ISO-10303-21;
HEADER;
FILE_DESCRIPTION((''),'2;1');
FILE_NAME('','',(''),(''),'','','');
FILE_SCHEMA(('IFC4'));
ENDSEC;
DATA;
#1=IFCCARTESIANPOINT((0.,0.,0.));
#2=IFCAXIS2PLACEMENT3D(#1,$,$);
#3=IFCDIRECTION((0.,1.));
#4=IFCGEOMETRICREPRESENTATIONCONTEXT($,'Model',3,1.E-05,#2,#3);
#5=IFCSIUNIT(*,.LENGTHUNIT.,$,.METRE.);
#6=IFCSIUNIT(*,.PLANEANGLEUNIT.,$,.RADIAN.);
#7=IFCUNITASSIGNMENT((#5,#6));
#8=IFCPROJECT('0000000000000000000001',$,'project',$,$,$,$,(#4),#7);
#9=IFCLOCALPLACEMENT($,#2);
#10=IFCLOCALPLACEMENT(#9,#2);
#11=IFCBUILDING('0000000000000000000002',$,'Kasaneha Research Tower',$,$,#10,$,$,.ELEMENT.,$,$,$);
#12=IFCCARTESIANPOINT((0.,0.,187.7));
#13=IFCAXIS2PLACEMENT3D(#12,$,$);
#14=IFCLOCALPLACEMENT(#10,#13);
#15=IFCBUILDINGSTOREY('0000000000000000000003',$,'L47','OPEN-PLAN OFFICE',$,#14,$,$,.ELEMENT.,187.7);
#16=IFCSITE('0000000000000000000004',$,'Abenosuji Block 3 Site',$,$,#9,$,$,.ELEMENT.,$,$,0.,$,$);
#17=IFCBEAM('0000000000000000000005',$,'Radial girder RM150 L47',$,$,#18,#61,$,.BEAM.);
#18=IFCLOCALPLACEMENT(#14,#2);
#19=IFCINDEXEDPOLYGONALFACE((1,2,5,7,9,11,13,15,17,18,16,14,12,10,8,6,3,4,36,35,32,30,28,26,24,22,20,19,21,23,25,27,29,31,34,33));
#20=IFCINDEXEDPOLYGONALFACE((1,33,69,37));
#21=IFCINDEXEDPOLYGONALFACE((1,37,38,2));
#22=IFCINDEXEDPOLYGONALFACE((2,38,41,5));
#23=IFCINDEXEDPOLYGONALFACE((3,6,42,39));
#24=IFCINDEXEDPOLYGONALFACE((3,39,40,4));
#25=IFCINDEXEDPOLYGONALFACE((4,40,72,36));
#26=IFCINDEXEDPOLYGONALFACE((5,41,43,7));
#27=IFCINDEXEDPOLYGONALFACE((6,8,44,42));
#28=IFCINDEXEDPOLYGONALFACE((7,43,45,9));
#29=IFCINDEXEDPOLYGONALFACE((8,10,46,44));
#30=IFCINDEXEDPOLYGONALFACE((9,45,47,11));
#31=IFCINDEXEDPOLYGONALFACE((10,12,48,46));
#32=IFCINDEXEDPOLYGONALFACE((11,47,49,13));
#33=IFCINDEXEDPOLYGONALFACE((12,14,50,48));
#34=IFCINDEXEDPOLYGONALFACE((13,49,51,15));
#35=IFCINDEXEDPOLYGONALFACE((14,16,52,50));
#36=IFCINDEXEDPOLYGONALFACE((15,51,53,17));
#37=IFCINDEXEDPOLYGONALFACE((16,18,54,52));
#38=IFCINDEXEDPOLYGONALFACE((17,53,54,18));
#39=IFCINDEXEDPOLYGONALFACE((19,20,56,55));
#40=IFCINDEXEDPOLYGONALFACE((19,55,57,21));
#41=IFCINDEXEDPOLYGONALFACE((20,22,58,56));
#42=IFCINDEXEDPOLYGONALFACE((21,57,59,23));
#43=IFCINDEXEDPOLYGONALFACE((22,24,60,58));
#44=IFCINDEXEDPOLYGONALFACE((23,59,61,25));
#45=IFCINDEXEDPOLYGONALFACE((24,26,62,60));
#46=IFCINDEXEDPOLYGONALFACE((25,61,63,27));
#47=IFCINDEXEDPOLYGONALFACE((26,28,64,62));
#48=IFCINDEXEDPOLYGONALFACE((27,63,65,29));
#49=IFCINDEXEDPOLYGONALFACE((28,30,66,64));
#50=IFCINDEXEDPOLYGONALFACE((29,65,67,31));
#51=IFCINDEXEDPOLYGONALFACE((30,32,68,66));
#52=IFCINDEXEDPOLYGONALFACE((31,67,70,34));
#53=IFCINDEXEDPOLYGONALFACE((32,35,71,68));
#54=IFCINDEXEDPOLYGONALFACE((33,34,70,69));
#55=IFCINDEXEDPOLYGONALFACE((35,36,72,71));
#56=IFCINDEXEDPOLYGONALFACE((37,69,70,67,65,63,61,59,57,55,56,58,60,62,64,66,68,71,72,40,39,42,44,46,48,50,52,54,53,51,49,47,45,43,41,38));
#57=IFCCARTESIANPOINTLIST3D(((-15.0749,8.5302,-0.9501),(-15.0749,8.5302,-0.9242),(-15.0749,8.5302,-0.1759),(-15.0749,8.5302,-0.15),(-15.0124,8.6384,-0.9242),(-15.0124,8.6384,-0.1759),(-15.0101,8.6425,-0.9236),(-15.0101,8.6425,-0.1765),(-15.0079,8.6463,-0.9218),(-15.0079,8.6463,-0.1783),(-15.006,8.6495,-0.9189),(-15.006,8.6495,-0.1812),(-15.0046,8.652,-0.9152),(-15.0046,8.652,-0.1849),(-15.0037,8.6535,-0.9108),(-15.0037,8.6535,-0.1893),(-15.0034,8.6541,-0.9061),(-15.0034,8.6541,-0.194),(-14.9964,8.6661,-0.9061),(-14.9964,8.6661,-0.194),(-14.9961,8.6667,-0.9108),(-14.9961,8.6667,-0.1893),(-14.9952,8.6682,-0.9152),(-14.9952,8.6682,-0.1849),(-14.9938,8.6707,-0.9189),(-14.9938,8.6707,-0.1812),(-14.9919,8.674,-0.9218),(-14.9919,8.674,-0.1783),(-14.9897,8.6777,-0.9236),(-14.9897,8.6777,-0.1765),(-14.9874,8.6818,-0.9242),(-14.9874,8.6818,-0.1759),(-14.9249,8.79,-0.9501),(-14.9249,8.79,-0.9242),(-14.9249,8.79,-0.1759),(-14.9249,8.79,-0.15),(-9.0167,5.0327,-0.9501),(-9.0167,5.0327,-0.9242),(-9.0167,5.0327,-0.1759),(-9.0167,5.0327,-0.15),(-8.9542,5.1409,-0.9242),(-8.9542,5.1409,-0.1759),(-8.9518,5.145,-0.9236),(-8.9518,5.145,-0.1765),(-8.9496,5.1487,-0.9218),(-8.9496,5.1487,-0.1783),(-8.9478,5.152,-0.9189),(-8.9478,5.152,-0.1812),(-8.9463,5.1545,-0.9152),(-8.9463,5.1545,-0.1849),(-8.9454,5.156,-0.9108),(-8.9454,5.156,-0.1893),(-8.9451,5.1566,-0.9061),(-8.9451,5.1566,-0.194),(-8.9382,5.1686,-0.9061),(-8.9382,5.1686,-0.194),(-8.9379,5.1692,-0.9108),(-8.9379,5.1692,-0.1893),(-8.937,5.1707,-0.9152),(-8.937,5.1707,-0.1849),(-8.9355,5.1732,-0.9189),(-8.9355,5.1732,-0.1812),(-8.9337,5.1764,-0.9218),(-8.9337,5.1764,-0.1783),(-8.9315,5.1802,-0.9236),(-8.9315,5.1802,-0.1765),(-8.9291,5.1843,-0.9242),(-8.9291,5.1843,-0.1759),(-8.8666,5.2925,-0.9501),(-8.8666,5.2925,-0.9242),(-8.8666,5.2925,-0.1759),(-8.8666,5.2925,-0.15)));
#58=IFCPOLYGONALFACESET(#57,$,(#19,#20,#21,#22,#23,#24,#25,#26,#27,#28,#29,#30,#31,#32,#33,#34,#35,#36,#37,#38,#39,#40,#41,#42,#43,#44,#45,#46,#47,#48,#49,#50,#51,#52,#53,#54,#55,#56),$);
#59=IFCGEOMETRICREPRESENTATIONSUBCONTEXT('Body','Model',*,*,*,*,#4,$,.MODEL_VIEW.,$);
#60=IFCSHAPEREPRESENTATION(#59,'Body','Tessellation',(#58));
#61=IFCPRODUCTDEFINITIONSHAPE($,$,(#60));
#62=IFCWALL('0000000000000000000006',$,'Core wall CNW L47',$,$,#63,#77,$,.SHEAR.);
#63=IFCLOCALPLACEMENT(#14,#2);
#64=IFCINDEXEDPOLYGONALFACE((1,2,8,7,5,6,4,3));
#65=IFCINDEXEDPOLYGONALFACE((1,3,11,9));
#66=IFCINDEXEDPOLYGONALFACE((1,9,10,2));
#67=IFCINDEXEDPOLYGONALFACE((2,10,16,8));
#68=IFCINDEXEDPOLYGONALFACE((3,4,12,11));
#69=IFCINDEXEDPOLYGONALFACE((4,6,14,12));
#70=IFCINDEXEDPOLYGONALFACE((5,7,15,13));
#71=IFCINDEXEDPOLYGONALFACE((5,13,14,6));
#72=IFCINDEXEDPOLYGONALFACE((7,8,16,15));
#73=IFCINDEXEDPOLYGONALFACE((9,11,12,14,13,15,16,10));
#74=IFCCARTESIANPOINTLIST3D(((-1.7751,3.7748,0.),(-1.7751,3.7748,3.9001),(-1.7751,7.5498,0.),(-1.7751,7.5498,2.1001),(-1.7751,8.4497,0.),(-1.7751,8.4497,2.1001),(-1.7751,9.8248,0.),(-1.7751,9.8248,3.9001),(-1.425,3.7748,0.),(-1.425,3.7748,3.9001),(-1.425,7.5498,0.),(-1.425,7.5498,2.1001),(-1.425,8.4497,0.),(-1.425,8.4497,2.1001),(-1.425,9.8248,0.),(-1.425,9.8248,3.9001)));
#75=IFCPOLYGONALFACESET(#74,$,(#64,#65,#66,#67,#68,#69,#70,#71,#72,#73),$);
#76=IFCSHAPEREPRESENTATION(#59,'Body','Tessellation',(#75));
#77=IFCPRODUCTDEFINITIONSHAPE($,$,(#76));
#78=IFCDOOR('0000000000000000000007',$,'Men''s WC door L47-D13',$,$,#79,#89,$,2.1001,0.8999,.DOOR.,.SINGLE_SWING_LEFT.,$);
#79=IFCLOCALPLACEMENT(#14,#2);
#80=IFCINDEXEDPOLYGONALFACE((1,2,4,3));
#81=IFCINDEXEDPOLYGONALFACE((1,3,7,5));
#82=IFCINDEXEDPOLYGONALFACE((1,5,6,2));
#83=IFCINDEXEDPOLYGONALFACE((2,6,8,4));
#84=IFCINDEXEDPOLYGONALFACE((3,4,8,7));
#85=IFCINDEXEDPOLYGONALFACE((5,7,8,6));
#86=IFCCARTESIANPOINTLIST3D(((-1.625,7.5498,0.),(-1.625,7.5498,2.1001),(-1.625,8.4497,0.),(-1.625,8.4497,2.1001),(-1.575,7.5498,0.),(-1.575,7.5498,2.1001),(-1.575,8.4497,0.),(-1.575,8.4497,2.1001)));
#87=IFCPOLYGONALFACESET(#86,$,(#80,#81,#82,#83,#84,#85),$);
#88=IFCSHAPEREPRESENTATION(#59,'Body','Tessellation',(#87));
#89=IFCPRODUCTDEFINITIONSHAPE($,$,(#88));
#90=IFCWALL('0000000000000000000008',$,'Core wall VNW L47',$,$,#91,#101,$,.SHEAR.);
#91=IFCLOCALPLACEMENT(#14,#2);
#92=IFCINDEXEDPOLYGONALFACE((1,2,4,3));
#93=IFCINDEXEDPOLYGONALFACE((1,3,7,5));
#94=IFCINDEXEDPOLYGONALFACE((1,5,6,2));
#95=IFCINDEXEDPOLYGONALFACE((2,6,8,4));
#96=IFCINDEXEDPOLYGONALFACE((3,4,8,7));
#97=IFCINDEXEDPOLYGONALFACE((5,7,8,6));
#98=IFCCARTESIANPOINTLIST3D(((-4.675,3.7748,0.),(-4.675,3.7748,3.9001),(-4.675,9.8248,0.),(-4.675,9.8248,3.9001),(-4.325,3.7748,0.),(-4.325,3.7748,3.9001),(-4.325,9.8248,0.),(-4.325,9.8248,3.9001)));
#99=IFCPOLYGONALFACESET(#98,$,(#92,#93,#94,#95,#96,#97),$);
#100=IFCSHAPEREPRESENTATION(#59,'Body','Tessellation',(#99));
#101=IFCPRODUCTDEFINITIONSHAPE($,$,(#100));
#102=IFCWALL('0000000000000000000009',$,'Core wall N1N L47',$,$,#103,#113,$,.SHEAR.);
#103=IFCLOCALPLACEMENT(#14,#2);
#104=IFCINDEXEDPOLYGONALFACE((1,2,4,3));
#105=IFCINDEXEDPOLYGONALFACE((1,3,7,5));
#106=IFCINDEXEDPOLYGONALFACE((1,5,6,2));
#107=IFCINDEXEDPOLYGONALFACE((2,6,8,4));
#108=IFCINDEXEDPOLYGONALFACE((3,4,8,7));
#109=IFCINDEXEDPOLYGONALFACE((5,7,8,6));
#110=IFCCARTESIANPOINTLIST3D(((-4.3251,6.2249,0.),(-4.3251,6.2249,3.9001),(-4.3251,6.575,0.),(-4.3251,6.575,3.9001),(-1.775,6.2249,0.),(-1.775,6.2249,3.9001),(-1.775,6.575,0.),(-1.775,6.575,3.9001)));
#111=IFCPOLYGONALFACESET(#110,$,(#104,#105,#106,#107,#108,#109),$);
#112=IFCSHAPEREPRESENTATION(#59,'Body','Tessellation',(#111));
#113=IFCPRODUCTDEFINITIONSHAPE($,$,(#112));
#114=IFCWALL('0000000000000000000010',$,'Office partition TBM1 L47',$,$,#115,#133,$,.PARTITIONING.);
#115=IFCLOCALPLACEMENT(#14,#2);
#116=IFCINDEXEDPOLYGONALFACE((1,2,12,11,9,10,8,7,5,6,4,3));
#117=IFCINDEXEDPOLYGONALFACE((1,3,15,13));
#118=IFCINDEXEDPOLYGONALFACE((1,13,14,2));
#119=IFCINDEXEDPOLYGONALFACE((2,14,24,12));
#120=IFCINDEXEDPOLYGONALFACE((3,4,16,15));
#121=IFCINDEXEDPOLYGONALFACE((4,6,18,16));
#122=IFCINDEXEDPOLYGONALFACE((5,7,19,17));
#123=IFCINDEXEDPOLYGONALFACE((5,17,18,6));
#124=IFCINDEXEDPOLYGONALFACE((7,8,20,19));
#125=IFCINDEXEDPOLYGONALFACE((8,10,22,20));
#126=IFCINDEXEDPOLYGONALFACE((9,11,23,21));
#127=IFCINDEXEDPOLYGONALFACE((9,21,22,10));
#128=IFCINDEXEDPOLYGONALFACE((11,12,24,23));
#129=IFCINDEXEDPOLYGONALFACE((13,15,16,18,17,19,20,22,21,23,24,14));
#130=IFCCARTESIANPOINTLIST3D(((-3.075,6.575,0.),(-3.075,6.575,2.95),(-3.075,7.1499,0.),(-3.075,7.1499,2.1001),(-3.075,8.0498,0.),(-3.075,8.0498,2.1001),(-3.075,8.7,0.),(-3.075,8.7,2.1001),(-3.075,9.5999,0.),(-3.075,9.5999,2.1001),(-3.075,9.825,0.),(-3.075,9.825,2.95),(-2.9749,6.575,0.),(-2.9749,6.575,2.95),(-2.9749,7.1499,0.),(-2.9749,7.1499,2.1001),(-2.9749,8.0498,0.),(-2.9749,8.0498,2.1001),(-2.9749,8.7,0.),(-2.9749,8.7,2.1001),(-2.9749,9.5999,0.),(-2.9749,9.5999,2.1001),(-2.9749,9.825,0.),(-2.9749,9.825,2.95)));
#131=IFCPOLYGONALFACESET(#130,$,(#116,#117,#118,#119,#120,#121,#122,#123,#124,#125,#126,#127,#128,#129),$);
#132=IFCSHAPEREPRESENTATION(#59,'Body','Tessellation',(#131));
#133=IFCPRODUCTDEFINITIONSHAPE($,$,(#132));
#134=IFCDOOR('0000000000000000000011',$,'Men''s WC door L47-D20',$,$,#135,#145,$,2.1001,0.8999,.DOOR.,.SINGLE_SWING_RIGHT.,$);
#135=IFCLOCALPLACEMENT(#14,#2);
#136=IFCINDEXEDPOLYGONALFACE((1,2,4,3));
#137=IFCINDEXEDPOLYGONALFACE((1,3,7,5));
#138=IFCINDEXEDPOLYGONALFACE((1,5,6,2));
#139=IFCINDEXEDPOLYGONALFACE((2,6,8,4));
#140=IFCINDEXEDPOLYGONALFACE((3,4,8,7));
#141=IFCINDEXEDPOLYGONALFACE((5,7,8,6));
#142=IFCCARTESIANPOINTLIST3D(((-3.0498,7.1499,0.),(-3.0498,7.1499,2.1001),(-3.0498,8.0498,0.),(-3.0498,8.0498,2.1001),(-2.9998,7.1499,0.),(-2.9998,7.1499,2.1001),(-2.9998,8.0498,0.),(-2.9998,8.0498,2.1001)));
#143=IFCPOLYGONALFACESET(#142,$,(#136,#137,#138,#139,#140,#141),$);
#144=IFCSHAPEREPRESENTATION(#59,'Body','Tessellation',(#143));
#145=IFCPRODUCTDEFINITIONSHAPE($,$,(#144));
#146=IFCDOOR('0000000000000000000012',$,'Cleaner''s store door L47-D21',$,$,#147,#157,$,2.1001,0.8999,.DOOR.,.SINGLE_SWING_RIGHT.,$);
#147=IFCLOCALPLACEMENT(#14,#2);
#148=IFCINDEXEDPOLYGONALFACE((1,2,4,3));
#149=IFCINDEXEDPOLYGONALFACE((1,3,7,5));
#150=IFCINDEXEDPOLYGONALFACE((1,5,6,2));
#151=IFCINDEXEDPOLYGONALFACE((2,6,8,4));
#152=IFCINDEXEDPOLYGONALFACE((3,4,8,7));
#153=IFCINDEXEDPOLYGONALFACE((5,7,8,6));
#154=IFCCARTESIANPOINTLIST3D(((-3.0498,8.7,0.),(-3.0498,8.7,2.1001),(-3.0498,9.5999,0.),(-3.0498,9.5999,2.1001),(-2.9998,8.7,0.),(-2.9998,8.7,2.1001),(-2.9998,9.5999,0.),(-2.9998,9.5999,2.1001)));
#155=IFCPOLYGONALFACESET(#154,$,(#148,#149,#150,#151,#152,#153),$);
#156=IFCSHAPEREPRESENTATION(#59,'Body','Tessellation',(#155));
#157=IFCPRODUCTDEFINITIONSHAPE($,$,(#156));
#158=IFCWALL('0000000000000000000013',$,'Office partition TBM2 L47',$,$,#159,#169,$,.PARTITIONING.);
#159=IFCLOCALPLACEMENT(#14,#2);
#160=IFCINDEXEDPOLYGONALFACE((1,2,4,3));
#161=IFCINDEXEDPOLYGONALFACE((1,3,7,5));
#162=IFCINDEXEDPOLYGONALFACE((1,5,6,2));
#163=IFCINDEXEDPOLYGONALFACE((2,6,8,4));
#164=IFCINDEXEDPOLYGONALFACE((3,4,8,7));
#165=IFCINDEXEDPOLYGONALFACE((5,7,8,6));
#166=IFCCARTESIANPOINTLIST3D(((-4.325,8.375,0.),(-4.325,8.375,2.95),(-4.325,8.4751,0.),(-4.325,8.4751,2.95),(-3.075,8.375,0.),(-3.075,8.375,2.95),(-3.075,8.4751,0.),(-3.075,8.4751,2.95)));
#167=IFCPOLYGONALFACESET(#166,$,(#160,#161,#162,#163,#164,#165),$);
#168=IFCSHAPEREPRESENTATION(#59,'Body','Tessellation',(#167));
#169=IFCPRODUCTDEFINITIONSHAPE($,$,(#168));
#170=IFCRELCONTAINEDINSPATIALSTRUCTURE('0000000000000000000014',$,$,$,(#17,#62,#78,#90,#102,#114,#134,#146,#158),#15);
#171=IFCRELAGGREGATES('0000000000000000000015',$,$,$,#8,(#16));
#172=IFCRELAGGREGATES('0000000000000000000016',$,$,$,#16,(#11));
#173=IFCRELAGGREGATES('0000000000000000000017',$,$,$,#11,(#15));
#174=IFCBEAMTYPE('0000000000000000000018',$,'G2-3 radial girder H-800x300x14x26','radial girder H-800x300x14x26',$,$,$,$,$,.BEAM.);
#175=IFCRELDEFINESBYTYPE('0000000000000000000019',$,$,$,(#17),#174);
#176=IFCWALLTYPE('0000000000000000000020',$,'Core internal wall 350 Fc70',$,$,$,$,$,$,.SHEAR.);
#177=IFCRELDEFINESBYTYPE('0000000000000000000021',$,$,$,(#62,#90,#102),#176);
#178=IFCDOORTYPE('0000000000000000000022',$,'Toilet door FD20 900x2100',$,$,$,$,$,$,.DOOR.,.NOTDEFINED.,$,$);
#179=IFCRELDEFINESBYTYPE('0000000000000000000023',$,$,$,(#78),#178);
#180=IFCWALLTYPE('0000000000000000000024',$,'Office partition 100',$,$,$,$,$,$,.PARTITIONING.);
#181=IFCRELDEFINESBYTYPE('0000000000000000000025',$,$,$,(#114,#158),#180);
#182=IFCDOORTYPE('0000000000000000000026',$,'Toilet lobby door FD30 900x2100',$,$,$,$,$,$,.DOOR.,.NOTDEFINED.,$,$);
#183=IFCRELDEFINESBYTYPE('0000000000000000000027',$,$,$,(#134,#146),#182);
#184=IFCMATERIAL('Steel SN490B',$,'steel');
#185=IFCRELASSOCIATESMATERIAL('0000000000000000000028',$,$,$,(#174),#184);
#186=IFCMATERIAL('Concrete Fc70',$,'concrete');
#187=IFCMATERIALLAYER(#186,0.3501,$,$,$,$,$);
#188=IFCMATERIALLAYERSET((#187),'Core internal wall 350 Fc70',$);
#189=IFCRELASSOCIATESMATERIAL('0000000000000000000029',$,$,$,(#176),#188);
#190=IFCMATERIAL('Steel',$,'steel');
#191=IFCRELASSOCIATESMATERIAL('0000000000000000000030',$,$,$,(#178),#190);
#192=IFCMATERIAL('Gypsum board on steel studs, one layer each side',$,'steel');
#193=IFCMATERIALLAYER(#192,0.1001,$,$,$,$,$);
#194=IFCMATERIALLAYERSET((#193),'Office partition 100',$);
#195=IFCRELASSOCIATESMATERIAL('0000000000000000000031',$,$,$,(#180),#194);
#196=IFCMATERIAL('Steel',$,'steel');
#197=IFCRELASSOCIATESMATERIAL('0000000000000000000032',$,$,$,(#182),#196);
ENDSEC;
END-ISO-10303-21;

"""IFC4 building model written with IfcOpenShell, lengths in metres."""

from ifc_helpers import new_model, si_unit, direction, frame, frame_2d, origin, origin_2d, place, context, subcontext, project, spatial, rectangle, i_section, extrude, material, layer, layer_set, material_profile, profile_set, type_object, element, fill, save


model = new_model("IFC4")

# Units and contexts
model_context = context("Model", 3, precision=1e-05, world=origin(), true_north=direction((0.0, 1.0)))
body_context = subcontext(model_context, "Body", "Model", "MODEL_VIEW")
ifc_project = project(units=[si_unit("LENGTHUNIT", "METRE"), si_unit("PLANEANGLEUNIT", "RADIAN")], contexts=[model_context])

# Site, building, storey
site_placement = place(None, origin())
site = spatial("IfcSite", under=ifc_project, at=site_placement, Name="Abenosuji Block 3 Site", CompositionType="ELEMENT", RefElevation=0.0)
building_placement = place(site_placement, origin())
building = spatial("IfcBuilding", under=site, at=building_placement, Name="Kasaneha Research Tower", CompositionType="ELEMENT")
storey_placement = place(building_placement, frame((0.0, 0.0, 187.7)))
storey = spatial("IfcBuildingStorey", under=building, at=storey_placement, Name="L47", Description="OPEN-PLAN OFFICE", CompositionType="ELEMENT", Elevation=187.7)

# Beam
ifc_material_1 = material(Name="Steel SN490B", Category="steel")
ifc_material_profile = material_profile(ifc_material_1, i_section(OverallWidth=0.3, OverallDepth=0.8, WebThickness=0.0139, FlangeThickness=0.0259, FilletRadius=0.0181, at=origin_2d()), Name="H-800x300x14x26")
ifc_profile_set = profile_set([ifc_material_profile], Name="Steel SN490B")
beam_type = type_object("IfcBeamType", Name="G2-3 radial girder H-800x300x14x26", Description="radial girder H-800x300x14x26", PredefinedType="BEAM", material=ifc_profile_set)
beam_placement = place(storey_placement, frame((-8.9417, 5.1626, -0.55), z_axis=(-0.86604, 0.499975, 0.0), x_axis=(-0.499975, -0.86604, 0.0)))
element("IfcBeam", 1, at=beam_placement, inside=storey, type_object=beam_type, Name="Radial girder RM150 L47", PredefinedType="BEAM", context=body_context, shape_type="SweptSolid", body=[
    extrude(i_section(OverallWidth=0.3, OverallDepth=0.8, WebThickness=0.0139, FlangeThickness=0.0259, FilletRadius=0.0181, at=origin_2d()), origin(), (0.0, 0.0, 1.0), 6.9954),
])

# Shared definitions
ifc_material_2 = material(Name="Concrete Fc70", Category="concrete")
ifc_layer_1 = layer(ifc_material_2, 0.3501)
ifc_layer_set_1 = layer_set([ifc_layer_1], Name="Core internal wall 350 Fc70")
wall_type_1 = type_object("IfcWallType", Name="Core internal wall 350 Fc70", PredefinedType="SHEAR", material=ifc_layer_set_1)

# Wall, opening, door
wall_1_placement = place(storey_placement, frame((-1.6001, 3.7749, 0.0), z_axis=(0.0, 0.0, 1.0), x_axis=(0.0, 1.0, 0.0)))
wall_1 = element("IfcWall", 2, at=wall_1_placement, inside=storey, type_object=wall_type_1, Name="Core wall CNW L47", PredefinedType="SHEAR", context=body_context, shape_type="SweptSolid", body=[
    extrude(rectangle(XDim=6.05, YDim=0.3501, at=frame_2d((3.0249, 0.0))), origin(), (0.0, 0.0, 1.0), 3.9001),
])
opening_1_placement = place(wall_1_placement, frame((3.7749, 0.0, 0.0)))
opening_1 = element("IfcOpeningElement", 3, at=opening_1_placement, cuts=wall_1, PredefinedType="OPENING", context=body_context, shape_type="SweptSolid", body=[
    extrude(rectangle(XDim=0.8999, YDim=2.1001, at=frame_2d((0.45, 1.05))), frame((0.0, 0.1851, 0.0), z_axis=(0.0, -1.0, 0.0), x_axis=(1.0, 0.0, 0.0)), (0.0, 0.0, 1.0), 0.3701),
])
ifc_material_3 = material(Name="Steel", Category="steel")
door_type_1 = type_object("IfcDoorType", Name="Toilet door FD20 900x2100", OperationType="NOTDEFINED", PredefinedType="DOOR", material=ifc_material_3)
door_1_placement = place(opening_1_placement, origin())
door_1 = element("IfcDoor", 4, at=door_1_placement, inside=storey, type_object=door_type_1, Name="Men's WC door L47-D13", OperationType="SINGLE_SWING_LEFT", OverallHeight=2.1001, OverallWidth=0.8999, PredefinedType="DOOR", context=body_context, shape_type="SweptSolid", body=[
    extrude(rectangle(XDim=0.8999, YDim=2.1001, at=frame_2d((0.45, 1.05))), frame((0.0, 0.0249, 0.0), z_axis=(0.0, -1.0, 0.0), x_axis=(1.0, 0.0, 0.0)), (0.0, 0.0, 1.0), 0.05),
])
fill(opening_1, door_1)

# Walls
wall_2_placement = place(storey_placement, frame((-4.5, 3.7749, 0.0), z_axis=(0.0, 0.0, 1.0), x_axis=(0.0, 1.0, 0.0)))
element("IfcWall", 5, at=wall_2_placement, inside=storey, type_object=wall_type_1, Name="Core wall VNW L47", PredefinedType="SHEAR", context=body_context, shape_type="SweptSolid", body=[
    extrude(rectangle(XDim=6.05, YDim=0.3501, at=frame_2d((3.0249, 0.0))), origin(), (0.0, 0.0, 1.0), 3.9001),
])
wall_3_placement = place(storey_placement, frame((-4.325, 6.3999, 0.0), z_axis=(0.0, 0.0, 1.0), x_axis=(1.0, 0.0, 0.0)))
element("IfcWall", 6, at=wall_3_placement, inside=storey, type_object=wall_type_1, Name="Core wall N1N L47", PredefinedType="SHEAR", context=body_context, shape_type="SweptSolid", body=[
    extrude(rectangle(XDim=2.55, YDim=0.3501, at=frame_2d((1.2749, 0.0))), origin(), (0.0, 0.0, 1.0), 3.9001),
])

# Wall, openings, doors
ifc_material_4 = material(Name="Gypsum board on steel studs, one layer each side", Category="steel")
ifc_layer_2 = layer(ifc_material_4, 0.1001)
ifc_layer_set_2 = layer_set([ifc_layer_2], Name="Office partition 100")
wall_type_2 = type_object("IfcWallType", Name="Office partition 100", PredefinedType="PARTITIONING", material=ifc_layer_set_2)
wall_4_placement = place(storey_placement, frame((-3.0249, 6.575, 0.0), z_axis=(0.0, 0.0, 1.0), x_axis=(0.0, 1.0, 0.0)))
wall_4 = element("IfcWall", 7, at=wall_4_placement, inside=storey, type_object=wall_type_2, Name="Office partition TBM1 L47", PredefinedType="PARTITIONING", context=body_context, shape_type="SweptSolid", body=[
    extrude(rectangle(XDim=3.25, YDim=0.1001, at=frame_2d((1.625, 0.0))), origin(), (0.0, 0.0, 1.0), 2.95),
])
opening_2_placement = place(wall_4_placement, frame((0.575, 0.0, 0.0)))
opening_2 = element("IfcOpeningElement", 8, at=opening_2_placement, cuts=wall_4, PredefinedType="OPENING", context=body_context, shape_type="SweptSolid", body=[
    extrude(rectangle(XDim=0.8999, YDim=2.1001, at=frame_2d((0.45, 1.05))), frame((0.0, 0.0601, 0.0), z_axis=(0.0, -1.0, 0.0), x_axis=(1.0, 0.0, 0.0)), (0.0, 0.0, 1.0), 0.1201),
])
opening_3_placement = place(wall_4_placement, frame((2.125, 0.0, 0.0)))
opening_3 = element("IfcOpeningElement", 9, at=opening_3_placement, cuts=wall_4, PredefinedType="OPENING", context=body_context, shape_type="SweptSolid", body=[
    extrude(rectangle(XDim=0.8999, YDim=2.1001, at=frame_2d((0.45, 1.05))), frame((0.0, 0.0601, 0.0), z_axis=(0.0, -1.0, 0.0), x_axis=(1.0, 0.0, 0.0)), (0.0, 0.0, 1.0), 0.1201),
])
ifc_material_5 = material(Name="Steel", Category="steel")
door_type_2 = type_object("IfcDoorType", Name="Toilet lobby door FD30 900x2100", OperationType="NOTDEFINED", PredefinedType="DOOR", material=ifc_material_5)
door_2_placement = place(opening_2_placement, origin())
door_2 = element("IfcDoor", 10, at=door_2_placement, inside=storey, type_object=door_type_2, Name="Men's WC door L47-D20", OperationType="SINGLE_SWING_RIGHT", OverallHeight=2.1001, OverallWidth=0.8999, PredefinedType="DOOR", context=body_context, shape_type="SweptSolid", body=[
    extrude(rectangle(XDim=0.8999, YDim=2.1001, at=frame_2d((0.45, 1.05))), frame((0.0, 0.0249, 0.0), z_axis=(0.0, -1.0, 0.0), x_axis=(1.0, 0.0, 0.0)), (0.0, 0.0, 1.0), 0.05),
])
fill(opening_2, door_2)
door_3_placement = place(opening_3_placement, origin())
door_3 = element("IfcDoor", 11, at=door_3_placement, inside=storey, type_object=door_type_2, Name="Cleaner's store door L47-D21", OperationType="SINGLE_SWING_RIGHT", OverallHeight=2.1001, OverallWidth=0.8999, PredefinedType="DOOR", context=body_context, shape_type="SweptSolid", body=[
    extrude(rectangle(XDim=0.8999, YDim=2.1001, at=frame_2d((0.45, 1.05))), frame((0.0, 0.0249, 0.0), z_axis=(0.0, -1.0, 0.0), x_axis=(1.0, 0.0, 0.0)), (0.0, 0.0, 1.0), 0.05),
])
fill(opening_3, door_3)

# Wall
wall_5_placement = place(storey_placement, frame((-3.075, 8.425, 0.0), z_axis=(0.0, 0.0, 1.0), x_axis=(-1.0, 0.0, 0.0)))
element("IfcWall", 12, at=wall_5_placement, inside=storey, type_object=wall_type_2, Name="Office partition TBM2 L47", PredefinedType="PARTITIONING", context=body_context, shape_type="SweptSolid", body=[
    extrude(rectangle(XDim=1.25, YDim=0.1001, at=frame_2d((0.625, 0.0))), origin(), (0.0, 0.0, 1.0), 2.95),
])

save(model, "model.ifc")
